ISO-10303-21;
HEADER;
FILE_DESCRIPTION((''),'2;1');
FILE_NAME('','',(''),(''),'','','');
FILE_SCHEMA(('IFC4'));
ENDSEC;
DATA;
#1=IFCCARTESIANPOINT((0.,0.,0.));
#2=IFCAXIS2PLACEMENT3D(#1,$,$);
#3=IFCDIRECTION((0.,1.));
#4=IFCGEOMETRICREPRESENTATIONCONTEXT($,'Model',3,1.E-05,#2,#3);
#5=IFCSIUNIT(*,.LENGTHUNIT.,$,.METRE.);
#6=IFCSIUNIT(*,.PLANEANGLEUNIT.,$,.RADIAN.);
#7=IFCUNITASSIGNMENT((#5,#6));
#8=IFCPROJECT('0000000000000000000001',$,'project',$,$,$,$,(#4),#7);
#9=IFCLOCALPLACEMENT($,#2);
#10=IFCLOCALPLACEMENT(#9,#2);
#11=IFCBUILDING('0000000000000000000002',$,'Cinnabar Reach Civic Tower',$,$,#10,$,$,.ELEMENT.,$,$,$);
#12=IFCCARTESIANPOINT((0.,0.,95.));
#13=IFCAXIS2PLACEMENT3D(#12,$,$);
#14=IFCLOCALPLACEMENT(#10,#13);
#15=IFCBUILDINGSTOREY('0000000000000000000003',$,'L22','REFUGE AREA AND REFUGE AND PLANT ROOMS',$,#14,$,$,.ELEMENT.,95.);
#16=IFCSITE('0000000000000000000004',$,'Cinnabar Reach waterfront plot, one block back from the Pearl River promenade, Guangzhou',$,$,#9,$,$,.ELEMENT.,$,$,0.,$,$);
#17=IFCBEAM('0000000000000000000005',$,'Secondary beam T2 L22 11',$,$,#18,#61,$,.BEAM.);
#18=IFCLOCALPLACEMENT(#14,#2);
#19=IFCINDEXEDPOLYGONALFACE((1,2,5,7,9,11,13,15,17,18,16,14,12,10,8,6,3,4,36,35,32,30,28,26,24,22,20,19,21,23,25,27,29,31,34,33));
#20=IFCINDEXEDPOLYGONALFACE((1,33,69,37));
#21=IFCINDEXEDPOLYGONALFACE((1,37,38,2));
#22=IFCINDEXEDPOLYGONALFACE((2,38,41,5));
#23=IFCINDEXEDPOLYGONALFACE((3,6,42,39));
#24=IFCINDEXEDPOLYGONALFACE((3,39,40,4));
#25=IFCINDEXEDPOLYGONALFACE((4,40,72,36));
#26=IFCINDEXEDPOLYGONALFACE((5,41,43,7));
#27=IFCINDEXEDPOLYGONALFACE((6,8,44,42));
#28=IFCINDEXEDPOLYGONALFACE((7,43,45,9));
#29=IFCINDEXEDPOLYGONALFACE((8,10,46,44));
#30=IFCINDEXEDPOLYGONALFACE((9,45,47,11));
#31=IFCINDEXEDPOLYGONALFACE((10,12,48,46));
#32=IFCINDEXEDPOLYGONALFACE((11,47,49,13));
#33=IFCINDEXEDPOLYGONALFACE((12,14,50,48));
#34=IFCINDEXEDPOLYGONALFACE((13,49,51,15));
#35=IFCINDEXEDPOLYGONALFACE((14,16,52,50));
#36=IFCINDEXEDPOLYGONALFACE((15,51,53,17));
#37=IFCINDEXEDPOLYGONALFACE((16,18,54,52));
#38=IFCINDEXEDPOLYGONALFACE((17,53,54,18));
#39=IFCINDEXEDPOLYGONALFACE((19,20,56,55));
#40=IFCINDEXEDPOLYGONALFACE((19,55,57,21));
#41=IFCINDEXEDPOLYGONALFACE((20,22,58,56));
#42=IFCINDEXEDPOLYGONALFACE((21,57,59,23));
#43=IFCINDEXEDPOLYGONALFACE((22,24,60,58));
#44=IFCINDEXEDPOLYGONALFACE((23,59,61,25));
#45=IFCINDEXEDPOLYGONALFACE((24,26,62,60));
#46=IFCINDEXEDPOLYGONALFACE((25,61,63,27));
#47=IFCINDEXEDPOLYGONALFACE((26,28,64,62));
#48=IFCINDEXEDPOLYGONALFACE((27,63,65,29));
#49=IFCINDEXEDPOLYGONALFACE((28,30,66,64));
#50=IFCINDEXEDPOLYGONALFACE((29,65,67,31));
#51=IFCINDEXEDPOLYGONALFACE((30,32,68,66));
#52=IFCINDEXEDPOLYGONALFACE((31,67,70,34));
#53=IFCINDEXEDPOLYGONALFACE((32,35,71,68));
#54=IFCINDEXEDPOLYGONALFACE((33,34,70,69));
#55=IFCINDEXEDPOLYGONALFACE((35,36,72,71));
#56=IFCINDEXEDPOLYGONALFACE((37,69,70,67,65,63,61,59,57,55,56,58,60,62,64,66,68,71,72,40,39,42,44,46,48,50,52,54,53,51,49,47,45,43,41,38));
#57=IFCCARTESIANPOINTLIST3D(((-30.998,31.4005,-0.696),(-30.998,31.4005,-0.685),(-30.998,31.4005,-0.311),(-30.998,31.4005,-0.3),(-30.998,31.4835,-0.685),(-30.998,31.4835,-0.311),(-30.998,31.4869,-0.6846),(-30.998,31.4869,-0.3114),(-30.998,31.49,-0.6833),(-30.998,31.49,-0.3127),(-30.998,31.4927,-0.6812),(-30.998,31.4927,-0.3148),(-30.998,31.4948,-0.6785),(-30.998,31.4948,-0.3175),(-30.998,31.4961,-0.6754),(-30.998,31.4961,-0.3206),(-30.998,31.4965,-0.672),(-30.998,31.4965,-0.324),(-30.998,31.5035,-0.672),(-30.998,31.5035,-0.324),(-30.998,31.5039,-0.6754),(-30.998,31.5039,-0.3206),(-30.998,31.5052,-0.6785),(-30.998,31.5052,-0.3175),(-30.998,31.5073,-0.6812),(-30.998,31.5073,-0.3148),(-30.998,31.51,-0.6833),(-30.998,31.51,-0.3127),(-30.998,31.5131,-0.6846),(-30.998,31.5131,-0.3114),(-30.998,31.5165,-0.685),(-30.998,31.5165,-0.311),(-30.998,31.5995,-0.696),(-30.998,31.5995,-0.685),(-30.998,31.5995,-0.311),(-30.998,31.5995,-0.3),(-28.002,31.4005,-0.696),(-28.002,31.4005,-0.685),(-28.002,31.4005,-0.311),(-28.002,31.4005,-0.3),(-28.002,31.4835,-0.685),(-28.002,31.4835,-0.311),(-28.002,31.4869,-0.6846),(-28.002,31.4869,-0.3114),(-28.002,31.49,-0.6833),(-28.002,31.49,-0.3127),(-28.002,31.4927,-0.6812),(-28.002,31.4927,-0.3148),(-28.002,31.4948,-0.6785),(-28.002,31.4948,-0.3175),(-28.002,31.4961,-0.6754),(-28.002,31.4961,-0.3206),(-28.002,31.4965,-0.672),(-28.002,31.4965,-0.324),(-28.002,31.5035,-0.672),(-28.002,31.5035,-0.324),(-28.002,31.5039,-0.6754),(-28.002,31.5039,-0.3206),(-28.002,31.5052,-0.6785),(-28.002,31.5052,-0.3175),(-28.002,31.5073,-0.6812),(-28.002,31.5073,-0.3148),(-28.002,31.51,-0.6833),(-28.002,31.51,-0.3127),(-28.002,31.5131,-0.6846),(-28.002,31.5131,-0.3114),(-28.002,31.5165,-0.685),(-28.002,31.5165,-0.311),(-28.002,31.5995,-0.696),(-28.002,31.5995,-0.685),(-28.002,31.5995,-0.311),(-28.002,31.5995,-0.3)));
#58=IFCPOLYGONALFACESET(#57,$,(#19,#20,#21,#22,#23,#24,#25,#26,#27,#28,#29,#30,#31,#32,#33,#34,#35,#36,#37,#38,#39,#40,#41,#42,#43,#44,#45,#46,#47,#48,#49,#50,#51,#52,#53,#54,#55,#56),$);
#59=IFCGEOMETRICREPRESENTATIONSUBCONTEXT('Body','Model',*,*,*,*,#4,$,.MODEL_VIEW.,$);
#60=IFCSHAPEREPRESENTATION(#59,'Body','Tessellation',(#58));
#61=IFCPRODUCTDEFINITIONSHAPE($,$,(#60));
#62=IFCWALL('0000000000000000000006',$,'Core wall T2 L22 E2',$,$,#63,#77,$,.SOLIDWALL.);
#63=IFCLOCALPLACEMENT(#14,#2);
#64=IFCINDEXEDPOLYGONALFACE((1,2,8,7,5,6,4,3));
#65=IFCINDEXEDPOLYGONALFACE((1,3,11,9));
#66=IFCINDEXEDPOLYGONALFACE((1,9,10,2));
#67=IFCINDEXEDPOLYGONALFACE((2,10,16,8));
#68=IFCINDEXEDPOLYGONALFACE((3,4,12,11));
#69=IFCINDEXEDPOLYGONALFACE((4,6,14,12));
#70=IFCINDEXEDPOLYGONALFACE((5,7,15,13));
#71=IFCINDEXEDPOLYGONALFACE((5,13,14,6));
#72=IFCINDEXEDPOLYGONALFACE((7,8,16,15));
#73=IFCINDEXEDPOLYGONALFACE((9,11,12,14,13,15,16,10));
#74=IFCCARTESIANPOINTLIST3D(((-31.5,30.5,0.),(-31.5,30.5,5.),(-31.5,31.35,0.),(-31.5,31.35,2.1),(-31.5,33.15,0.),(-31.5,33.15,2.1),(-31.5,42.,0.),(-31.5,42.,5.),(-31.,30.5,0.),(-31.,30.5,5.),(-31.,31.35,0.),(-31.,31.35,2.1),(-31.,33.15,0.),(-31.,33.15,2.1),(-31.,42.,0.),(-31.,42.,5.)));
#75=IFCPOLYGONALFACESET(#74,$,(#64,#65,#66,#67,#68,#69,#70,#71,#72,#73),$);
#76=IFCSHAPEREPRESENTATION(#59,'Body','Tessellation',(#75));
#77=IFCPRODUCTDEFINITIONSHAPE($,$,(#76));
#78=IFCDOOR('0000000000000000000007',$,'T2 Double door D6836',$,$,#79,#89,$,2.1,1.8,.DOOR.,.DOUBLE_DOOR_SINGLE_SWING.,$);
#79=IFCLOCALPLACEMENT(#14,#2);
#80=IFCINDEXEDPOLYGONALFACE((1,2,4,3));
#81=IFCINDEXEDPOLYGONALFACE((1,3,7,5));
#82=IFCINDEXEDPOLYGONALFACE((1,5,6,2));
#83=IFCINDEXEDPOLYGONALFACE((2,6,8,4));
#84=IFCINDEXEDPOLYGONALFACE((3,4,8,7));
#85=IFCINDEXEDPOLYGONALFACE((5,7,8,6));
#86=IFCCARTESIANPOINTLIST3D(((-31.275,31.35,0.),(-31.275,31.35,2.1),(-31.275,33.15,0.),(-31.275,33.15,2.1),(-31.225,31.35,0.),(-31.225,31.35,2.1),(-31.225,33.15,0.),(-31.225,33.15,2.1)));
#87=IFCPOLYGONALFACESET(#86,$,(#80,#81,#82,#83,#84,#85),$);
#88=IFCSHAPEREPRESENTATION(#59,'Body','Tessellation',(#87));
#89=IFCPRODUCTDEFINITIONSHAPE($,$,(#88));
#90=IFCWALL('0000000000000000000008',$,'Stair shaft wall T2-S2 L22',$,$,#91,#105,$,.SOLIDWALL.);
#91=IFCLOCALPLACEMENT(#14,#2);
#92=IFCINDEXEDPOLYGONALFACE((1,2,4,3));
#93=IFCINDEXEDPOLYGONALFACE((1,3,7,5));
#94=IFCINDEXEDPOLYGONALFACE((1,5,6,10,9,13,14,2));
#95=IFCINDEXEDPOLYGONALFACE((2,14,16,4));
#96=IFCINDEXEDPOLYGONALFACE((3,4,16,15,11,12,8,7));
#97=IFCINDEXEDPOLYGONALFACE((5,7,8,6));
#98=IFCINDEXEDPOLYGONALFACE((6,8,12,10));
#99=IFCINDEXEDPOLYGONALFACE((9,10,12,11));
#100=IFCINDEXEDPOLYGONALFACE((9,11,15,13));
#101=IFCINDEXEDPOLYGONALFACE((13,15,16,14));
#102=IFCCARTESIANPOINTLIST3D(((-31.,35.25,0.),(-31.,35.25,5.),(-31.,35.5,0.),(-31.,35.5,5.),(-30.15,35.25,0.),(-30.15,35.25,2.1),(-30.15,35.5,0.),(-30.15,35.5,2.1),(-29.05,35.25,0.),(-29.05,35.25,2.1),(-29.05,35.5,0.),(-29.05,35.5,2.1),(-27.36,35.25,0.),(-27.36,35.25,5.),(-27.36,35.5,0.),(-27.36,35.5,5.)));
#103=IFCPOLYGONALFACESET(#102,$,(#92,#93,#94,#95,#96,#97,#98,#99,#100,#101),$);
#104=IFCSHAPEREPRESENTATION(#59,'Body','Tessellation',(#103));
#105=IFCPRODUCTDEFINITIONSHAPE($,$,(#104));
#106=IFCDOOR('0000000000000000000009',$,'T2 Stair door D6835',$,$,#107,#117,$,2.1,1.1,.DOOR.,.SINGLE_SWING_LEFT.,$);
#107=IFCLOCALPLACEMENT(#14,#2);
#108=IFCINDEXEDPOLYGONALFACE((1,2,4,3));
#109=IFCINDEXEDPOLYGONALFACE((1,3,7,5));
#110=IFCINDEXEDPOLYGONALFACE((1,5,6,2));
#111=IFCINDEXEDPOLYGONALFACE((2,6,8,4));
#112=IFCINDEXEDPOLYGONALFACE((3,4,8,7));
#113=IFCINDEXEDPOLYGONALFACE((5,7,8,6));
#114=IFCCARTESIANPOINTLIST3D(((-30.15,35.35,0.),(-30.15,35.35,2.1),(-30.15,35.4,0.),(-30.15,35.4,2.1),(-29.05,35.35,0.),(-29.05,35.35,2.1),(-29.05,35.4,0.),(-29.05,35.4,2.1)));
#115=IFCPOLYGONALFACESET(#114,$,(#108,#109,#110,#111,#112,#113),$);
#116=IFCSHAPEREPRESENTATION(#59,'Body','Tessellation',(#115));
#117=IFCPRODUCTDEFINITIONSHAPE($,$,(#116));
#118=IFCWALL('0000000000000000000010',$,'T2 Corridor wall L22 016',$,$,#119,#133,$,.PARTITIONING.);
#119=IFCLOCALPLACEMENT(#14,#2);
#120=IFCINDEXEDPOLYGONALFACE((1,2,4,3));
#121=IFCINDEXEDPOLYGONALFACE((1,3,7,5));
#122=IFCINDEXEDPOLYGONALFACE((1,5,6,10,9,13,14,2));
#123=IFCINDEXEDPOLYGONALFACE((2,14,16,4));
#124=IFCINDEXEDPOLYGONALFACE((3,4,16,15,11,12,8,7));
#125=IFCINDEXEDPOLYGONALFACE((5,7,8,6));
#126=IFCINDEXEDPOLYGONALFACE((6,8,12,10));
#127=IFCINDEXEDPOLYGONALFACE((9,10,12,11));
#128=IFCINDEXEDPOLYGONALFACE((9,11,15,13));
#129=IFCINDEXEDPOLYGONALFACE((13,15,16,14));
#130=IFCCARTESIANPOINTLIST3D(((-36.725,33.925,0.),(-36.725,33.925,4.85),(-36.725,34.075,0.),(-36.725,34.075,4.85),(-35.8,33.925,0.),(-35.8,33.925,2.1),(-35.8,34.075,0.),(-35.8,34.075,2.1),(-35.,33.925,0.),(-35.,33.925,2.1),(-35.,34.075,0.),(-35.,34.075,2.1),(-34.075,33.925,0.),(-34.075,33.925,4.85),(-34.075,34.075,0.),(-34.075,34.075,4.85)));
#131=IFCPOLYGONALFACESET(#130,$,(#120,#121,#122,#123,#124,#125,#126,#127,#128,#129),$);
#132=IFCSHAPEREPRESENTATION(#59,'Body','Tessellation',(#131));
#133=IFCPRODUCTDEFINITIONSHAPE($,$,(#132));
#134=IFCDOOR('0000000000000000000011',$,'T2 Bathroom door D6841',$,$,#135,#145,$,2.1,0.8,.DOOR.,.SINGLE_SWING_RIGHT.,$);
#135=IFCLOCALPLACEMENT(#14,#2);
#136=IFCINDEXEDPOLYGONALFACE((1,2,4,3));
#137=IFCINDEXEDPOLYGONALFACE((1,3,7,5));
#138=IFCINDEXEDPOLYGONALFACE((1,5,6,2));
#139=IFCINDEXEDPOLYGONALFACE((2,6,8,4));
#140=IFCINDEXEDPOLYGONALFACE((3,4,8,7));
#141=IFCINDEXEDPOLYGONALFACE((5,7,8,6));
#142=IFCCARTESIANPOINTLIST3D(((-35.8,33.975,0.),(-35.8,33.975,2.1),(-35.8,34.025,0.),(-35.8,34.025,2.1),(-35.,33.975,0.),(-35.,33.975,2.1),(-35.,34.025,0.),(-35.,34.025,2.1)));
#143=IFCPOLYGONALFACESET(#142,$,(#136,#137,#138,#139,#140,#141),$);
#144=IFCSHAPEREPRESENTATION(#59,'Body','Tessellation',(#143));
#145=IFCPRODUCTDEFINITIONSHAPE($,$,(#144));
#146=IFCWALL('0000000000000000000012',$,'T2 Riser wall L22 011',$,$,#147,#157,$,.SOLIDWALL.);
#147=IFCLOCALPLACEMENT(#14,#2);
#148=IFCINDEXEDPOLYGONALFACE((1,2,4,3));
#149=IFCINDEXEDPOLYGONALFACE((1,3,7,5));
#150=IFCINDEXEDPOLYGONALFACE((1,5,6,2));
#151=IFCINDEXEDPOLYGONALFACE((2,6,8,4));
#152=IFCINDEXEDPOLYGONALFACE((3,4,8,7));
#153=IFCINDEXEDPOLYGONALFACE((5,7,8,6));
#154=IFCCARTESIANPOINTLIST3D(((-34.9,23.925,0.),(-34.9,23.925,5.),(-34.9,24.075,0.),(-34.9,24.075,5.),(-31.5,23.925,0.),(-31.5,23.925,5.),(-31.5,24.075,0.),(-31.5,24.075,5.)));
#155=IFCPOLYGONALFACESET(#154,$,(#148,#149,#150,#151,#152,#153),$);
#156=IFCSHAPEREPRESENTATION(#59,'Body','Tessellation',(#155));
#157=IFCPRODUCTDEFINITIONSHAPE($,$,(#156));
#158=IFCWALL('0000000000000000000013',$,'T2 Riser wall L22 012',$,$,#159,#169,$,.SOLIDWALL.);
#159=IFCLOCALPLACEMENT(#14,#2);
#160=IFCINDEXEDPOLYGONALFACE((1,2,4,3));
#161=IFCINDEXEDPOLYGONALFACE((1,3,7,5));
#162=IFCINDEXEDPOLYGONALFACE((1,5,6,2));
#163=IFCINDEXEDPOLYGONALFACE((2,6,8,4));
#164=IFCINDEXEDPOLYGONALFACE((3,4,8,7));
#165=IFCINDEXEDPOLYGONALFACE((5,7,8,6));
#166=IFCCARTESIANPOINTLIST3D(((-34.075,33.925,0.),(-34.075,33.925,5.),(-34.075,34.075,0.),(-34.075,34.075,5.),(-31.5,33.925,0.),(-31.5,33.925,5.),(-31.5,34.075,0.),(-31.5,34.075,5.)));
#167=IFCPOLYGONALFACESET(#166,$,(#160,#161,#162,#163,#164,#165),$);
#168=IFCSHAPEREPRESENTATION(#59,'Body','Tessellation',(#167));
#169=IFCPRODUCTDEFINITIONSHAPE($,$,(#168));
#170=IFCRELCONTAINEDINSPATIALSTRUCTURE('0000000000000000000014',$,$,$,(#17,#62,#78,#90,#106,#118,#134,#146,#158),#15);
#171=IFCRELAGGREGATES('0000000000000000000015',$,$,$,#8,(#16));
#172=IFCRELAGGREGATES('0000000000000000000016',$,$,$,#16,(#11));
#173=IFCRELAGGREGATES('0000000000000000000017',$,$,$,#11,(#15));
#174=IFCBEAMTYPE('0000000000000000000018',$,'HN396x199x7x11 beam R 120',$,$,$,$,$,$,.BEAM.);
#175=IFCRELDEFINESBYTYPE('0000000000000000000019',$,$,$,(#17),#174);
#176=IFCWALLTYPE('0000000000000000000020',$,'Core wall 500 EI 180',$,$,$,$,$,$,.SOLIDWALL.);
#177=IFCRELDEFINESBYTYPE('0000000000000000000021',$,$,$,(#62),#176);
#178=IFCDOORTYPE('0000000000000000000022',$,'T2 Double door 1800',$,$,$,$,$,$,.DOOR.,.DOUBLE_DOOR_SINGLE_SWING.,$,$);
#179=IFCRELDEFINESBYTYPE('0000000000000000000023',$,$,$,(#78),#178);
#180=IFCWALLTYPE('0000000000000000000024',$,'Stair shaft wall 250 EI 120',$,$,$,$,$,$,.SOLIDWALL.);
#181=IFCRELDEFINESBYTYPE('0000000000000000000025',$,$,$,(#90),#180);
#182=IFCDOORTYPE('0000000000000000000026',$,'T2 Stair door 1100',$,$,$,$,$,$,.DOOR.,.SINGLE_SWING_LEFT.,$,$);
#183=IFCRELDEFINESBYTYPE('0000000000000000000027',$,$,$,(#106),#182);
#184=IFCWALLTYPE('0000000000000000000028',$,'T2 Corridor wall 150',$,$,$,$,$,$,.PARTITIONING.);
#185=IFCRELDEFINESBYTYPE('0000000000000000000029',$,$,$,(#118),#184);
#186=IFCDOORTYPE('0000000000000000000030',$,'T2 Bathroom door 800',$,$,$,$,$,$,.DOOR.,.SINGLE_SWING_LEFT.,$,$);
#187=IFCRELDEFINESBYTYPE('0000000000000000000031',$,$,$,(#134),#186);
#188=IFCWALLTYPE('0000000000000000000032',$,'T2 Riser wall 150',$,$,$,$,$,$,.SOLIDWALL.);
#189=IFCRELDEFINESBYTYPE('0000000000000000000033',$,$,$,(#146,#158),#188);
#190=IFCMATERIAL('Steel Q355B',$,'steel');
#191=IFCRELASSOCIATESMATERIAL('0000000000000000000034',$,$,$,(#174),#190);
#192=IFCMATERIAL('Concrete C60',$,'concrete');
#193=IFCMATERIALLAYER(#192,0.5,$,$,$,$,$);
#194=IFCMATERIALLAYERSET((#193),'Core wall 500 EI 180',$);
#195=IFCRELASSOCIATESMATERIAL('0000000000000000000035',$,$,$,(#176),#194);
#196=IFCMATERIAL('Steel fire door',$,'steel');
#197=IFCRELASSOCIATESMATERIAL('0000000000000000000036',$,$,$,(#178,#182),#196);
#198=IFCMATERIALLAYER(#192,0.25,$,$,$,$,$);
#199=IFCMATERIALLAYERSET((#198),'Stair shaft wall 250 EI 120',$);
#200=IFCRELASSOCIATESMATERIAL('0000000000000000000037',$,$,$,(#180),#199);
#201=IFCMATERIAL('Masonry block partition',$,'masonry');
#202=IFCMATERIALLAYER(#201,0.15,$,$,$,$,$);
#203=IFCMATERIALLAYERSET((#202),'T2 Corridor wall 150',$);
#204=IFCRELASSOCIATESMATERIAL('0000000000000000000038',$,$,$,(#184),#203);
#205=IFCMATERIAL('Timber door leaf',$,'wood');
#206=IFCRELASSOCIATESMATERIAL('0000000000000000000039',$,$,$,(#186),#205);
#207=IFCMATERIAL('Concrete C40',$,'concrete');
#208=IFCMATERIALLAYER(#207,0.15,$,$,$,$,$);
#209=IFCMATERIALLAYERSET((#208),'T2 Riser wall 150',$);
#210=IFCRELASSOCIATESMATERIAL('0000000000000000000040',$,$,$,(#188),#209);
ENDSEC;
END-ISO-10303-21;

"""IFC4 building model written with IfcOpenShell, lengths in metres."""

from ifc_helpers import new_model, si_unit, direction, frame, frame_2d, origin, origin_2d, place, context, subcontext, project, spatial, rectangle, i_section, extrude, material, layer, layer_set, material_profile, profile_set, type_object, element, fill, save


model = new_model("IFC4")

# Units and contexts
model_context = context("Model", 3, precision=1e-05, world=origin(), true_north=direction((0.0, 1.0)))
body_context = subcontext(model_context, "Body", "Model", "MODEL_VIEW")
ifc_project = project(units=[si_unit("LENGTHUNIT", "METRE"), si_unit("PLANEANGLEUNIT", "RADIAN")], contexts=[model_context])

# Site, building, storey
site_placement = place(None, origin())
site = spatial("IfcSite", under=ifc_project, at=site_placement, Name="Cinnabar Reach waterfront plot, one block back from the Pearl River promenade, Guangzhou", CompositionType="ELEMENT", RefElevation=0.0)
building_placement = place(site_placement, origin())
building = spatial("IfcBuilding", under=site, at=building_placement, Name="Cinnabar Reach Civic Tower", CompositionType="ELEMENT")
storey_placement = place(building_placement, frame((0.0, 0.0, 95.0)))
storey = spatial("IfcBuildingStorey", under=building, at=storey_placement, Name="L22", Description="REFUGE AREA AND REFUGE AND PLANT ROOMS", CompositionType="ELEMENT", Elevation=95.0)

# Beam
ifc_material_1 = material(Name="Steel Q355B", Category="steel")
ifc_material_profile = material_profile(ifc_material_1, i_section(OverallWidth=0.199, OverallDepth=0.396, WebThickness=0.007, FlangeThickness=0.011, FilletRadius=0.013, at=origin_2d()), Name="HN396x199x7x11")
ifc_profile_set = profile_set([ifc_material_profile], Name="Steel Q355B")
beam_type = type_object("IfcBeamType", Name="HN396x199x7x11 beam R 120", PredefinedType="BEAM", material=ifc_profile_set)
beam_placement = place(storey_placement, frame((-30.998, 31.5, -0.498), z_axis=(1.0, 0.0, 0.0), x_axis=(0.0, 1.0, 0.0)))
element("IfcBeam", 1, at=beam_placement, inside=storey, type_object=beam_type, Name="Secondary beam T2 L22 11", PredefinedType="BEAM", context=body_context, shape_type="SweptSolid", body=[
    extrude(i_section(OverallWidth=0.199, OverallDepth=0.396, WebThickness=0.007, FlangeThickness=0.011, FilletRadius=0.013, at=origin_2d()), origin(), (0.0, 0.0, 1.0), 2.996),
])

# Walls, openings, doors
ifc_material_2 = material(Name="Concrete C60", Category="concrete")
ifc_layer_1 = layer(ifc_material_2, 0.5)
ifc_layer_set_1 = layer_set([ifc_layer_1], Name="Core wall 500 EI 180")
wall_type_1 = type_object("IfcWallType", Name="Core wall 500 EI 180", PredefinedType="SOLIDWALL", material=ifc_layer_set_1)
wall_1_placement = place(storey_placement, frame((-31.25, 30.5, 0.0), z_axis=(0.0, 0.0, 1.0), x_axis=(0.0, 1.0, 0.0)))
wall_1 = element("IfcWall", 2, at=wall_1_placement, inside=storey, type_object=wall_type_1, Name="Core wall T2 L22 E2", PredefinedType="SOLIDWALL", context=body_context, shape_type="SweptSolid", body=[
    extrude(rectangle(XDim=11.5, YDim=0.5, at=frame_2d((5.75, 0.0))), origin(), (0.0, 0.0, 1.0), 5.0),
])
opening_1_placement = place(wall_1_placement, frame((0.85, 0.0, 0.0)))
opening_1 = element("IfcOpeningElement", 3, at=opening_1_placement, cuts=wall_1, PredefinedType="OPENING", context=body_context, shape_type="SweptSolid", body=[
    extrude(rectangle(XDim=1.8, YDim=2.1, at=frame_2d((0.9, 1.05))), frame((0.0, 0.26, 0.0), z_axis=(0.0, -1.0, 0.0), x_axis=(1.0, 0.0, 0.0)), (0.0, 0.0, 1.0), 0.52),
])
ifc_material_3 = material(Name="Steel fire door", Category="steel")
door_type_1 = type_object("IfcDoorType", Name="T2 Double door 1800", OperationType="DOUBLE_DOOR_SINGLE_SWING", PredefinedType="DOOR", material=ifc_material_3)
door_1_placement = place(opening_1_placement, origin())
door_1 = element("IfcDoor", 4, at=door_1_placement, inside=storey, type_object=door_type_1, Name="T2 Double door D6836", OperationType="DOUBLE_DOOR_SINGLE_SWING", OverallHeight=2.1, OverallWidth=1.8, PredefinedType="DOOR", context=body_context, shape_type="SweptSolid", body=[
    extrude(rectangle(XDim=1.8, YDim=2.1, at=frame_2d((0.9, 1.05))), frame((0.0, 0.025, 0.0), z_axis=(0.0, -1.0, 0.0), x_axis=(1.0, 0.0, 0.0)), (0.0, 0.0, 1.0), 0.05),
])
fill(opening_1, door_1)
ifc_layer_2 = layer(ifc_material_2, 0.25)
ifc_layer_set_2 = layer_set([ifc_layer_2], Name="Stair shaft wall 250 EI 120")
wall_type_2 = type_object("IfcWallType", Name="Stair shaft wall 250 EI 120", PredefinedType="SOLIDWALL", material=ifc_layer_set_2)
wall_2_placement = place(storey_placement, frame((-31.0, 35.375, 0.0), z_axis=(0.0, 0.0, 1.0), x_axis=(1.0, 0.0, 0.0)))
wall_2 = element("IfcWall", 5, at=wall_2_placement, inside=storey, type_object=wall_type_2, Name="Stair shaft wall T2-S2 L22", PredefinedType="SOLIDWALL", context=body_context, shape_type="SweptSolid", body=[
    extrude(rectangle(XDim=3.64, YDim=0.25, at=frame_2d((1.82, 0.0))), origin(), (0.0, 0.0, 1.0), 5.0),
])
opening_2_placement = place(wall_2_placement, frame((0.85, 0.0, 0.0)))
opening_2 = element("IfcOpeningElement", 6, at=opening_2_placement, cuts=wall_2, PredefinedType="OPENING", context=body_context, shape_type="SweptSolid", body=[
    extrude(rectangle(XDim=1.1, YDim=2.1, at=frame_2d((0.55, 1.05))), frame((0.0, 0.135, 0.0), z_axis=(0.0, -1.0, 0.0), x_axis=(1.0, 0.0, 0.0)), (0.0, 0.0, 1.0), 0.27),
])
door_type_2 = type_object("IfcDoorType", Name="T2 Stair door 1100", OperationType="SINGLE_SWING_LEFT", PredefinedType="DOOR", material=ifc_material_3)
door_2_placement = place(opening_2_placement, origin())
door_2 = element("IfcDoor", 7, at=door_2_placement, inside=storey, type_object=door_type_2, Name="T2 Stair door D6835", OperationType="SINGLE_SWING_LEFT", OverallHeight=2.1, OverallWidth=1.1, PredefinedType="DOOR", context=body_context, shape_type="SweptSolid", body=[
    extrude(rectangle(XDim=1.1, YDim=2.1, at=frame_2d((0.55, 1.05))), frame((0.0, 0.025, 0.0), z_axis=(0.0, -1.0, 0.0), x_axis=(1.0, 0.0, 0.0)), (0.0, 0.0, 1.0), 0.05),
])
fill(opening_2, door_2)
ifc_material_4 = material(Name="Masonry block partition", Category="masonry")
ifc_layer_3 = layer(ifc_material_4, 0.15)
ifc_layer_set_3 = layer_set([ifc_layer_3], Name="T2 Corridor wall 150")
wall_type_3 = type_object("IfcWallType", Name="T2 Corridor wall 150", PredefinedType="PARTITIONING", material=ifc_layer_set_3)
wall_3_placement = place(storey_placement, frame((-34.075, 34.0, 0.0), z_axis=(0.0, 0.0, 1.0), x_axis=(-1.0, 0.0, 0.0)))
wall_3 = element("IfcWall", 8, at=wall_3_placement, inside=storey, type_object=wall_type_3, Name="T2 Corridor wall L22 016", PredefinedType="PARTITIONING", context=body_context, shape_type="SweptSolid", body=[
    extrude(rectangle(XDim=2.65, YDim=0.15, at=frame_2d((1.325, 0.0))), origin(), (0.0, 0.0, 1.0), 4.85),
])
opening_3_placement = place(wall_3_placement, frame((0.925, 0.0, 0.0)))
opening_3 = element("IfcOpeningElement", 9, at=opening_3_placement, cuts=wall_3, PredefinedType="OPENING", context=body_context, shape_type="SweptSolid", body=[
    extrude(rectangle(XDim=0.8, YDim=2.1, at=frame_2d((0.4, 1.05))), frame((0.0, 0.085, 0.0), z_axis=(0.0, -1.0, 0.0), x_axis=(1.0, 0.0, 0.0)), (0.0, 0.0, 1.0), 0.17),
])
ifc_material_5 = material(Name="Timber door leaf", Category="wood")
door_type_3 = type_object("IfcDoorType", Name="T2 Bathroom door 800", OperationType="SINGLE_SWING_LEFT", PredefinedType="DOOR", material=ifc_material_5)
door_3_placement = place(opening_3_placement, frame((0.8, 0.0, 0.0), z_axis=(0.0, 0.0, 1.0), x_axis=(-1.0, 0.0, 0.0)))
door_3 = element("IfcDoor", 10, at=door_3_placement, inside=storey, type_object=door_type_3, Name="T2 Bathroom door D6841", OperationType="SINGLE_SWING_RIGHT", OverallHeight=2.1, OverallWidth=0.8, PredefinedType="DOOR", context=body_context, shape_type="SweptSolid", body=[
    extrude(rectangle(XDim=0.8, YDim=2.1, at=frame_2d((0.4, 1.05))), frame((0.0, 0.025, 0.0), z_axis=(0.0, -1.0, 0.0), x_axis=(1.0, 0.0, 0.0)), (0.0, 0.0, 1.0), 0.05),
])
fill(opening_3, door_3)

# Walls
ifc_material_6 = material(Name="Concrete C40", Category="concrete")
ifc_layer_4 = layer(ifc_material_6, 0.15)
ifc_layer_set_4 = layer_set([ifc_layer_4], Name="T2 Riser wall 150")
wall_type_4 = type_object("IfcWallType", Name="T2 Riser wall 150", PredefinedType="SOLIDWALL", material=ifc_layer_set_4)
wall_4_placement = place(storey_placement, frame((-31.5, 24.0, 0.0), z_axis=(0.0, 0.0, 1.0), x_axis=(-1.0, 0.0, 0.0)))
element("IfcWall", 11, at=wall_4_placement, inside=storey, type_object=wall_type_4, Name="T2 Riser wall L22 011", PredefinedType="SOLIDWALL", context=body_context, shape_type="SweptSolid", body=[
    extrude(rectangle(XDim=3.4, YDim=0.15, at=frame_2d((1.7, 0.0))), origin(), (0.0, 0.0, 1.0), 5.0),
])
wall_5_placement = place(storey_placement, frame((-34.075, 34.0, 0.0), z_axis=(0.0, 0.0, 1.0), x_axis=(1.0, 0.0, 0.0)))
element("IfcWall", 12, at=wall_5_placement, inside=storey, type_object=wall_type_4, Name="T2 Riser wall L22 012", PredefinedType="SOLIDWALL", context=body_context, shape_type="SweptSolid", body=[
    extrude(rectangle(XDim=2.575, YDim=0.15, at=frame_2d((1.2875, 0.0))), origin(), (0.0, 0.0, 1.0), 5.0),
])

save(model, "model.ifc")
